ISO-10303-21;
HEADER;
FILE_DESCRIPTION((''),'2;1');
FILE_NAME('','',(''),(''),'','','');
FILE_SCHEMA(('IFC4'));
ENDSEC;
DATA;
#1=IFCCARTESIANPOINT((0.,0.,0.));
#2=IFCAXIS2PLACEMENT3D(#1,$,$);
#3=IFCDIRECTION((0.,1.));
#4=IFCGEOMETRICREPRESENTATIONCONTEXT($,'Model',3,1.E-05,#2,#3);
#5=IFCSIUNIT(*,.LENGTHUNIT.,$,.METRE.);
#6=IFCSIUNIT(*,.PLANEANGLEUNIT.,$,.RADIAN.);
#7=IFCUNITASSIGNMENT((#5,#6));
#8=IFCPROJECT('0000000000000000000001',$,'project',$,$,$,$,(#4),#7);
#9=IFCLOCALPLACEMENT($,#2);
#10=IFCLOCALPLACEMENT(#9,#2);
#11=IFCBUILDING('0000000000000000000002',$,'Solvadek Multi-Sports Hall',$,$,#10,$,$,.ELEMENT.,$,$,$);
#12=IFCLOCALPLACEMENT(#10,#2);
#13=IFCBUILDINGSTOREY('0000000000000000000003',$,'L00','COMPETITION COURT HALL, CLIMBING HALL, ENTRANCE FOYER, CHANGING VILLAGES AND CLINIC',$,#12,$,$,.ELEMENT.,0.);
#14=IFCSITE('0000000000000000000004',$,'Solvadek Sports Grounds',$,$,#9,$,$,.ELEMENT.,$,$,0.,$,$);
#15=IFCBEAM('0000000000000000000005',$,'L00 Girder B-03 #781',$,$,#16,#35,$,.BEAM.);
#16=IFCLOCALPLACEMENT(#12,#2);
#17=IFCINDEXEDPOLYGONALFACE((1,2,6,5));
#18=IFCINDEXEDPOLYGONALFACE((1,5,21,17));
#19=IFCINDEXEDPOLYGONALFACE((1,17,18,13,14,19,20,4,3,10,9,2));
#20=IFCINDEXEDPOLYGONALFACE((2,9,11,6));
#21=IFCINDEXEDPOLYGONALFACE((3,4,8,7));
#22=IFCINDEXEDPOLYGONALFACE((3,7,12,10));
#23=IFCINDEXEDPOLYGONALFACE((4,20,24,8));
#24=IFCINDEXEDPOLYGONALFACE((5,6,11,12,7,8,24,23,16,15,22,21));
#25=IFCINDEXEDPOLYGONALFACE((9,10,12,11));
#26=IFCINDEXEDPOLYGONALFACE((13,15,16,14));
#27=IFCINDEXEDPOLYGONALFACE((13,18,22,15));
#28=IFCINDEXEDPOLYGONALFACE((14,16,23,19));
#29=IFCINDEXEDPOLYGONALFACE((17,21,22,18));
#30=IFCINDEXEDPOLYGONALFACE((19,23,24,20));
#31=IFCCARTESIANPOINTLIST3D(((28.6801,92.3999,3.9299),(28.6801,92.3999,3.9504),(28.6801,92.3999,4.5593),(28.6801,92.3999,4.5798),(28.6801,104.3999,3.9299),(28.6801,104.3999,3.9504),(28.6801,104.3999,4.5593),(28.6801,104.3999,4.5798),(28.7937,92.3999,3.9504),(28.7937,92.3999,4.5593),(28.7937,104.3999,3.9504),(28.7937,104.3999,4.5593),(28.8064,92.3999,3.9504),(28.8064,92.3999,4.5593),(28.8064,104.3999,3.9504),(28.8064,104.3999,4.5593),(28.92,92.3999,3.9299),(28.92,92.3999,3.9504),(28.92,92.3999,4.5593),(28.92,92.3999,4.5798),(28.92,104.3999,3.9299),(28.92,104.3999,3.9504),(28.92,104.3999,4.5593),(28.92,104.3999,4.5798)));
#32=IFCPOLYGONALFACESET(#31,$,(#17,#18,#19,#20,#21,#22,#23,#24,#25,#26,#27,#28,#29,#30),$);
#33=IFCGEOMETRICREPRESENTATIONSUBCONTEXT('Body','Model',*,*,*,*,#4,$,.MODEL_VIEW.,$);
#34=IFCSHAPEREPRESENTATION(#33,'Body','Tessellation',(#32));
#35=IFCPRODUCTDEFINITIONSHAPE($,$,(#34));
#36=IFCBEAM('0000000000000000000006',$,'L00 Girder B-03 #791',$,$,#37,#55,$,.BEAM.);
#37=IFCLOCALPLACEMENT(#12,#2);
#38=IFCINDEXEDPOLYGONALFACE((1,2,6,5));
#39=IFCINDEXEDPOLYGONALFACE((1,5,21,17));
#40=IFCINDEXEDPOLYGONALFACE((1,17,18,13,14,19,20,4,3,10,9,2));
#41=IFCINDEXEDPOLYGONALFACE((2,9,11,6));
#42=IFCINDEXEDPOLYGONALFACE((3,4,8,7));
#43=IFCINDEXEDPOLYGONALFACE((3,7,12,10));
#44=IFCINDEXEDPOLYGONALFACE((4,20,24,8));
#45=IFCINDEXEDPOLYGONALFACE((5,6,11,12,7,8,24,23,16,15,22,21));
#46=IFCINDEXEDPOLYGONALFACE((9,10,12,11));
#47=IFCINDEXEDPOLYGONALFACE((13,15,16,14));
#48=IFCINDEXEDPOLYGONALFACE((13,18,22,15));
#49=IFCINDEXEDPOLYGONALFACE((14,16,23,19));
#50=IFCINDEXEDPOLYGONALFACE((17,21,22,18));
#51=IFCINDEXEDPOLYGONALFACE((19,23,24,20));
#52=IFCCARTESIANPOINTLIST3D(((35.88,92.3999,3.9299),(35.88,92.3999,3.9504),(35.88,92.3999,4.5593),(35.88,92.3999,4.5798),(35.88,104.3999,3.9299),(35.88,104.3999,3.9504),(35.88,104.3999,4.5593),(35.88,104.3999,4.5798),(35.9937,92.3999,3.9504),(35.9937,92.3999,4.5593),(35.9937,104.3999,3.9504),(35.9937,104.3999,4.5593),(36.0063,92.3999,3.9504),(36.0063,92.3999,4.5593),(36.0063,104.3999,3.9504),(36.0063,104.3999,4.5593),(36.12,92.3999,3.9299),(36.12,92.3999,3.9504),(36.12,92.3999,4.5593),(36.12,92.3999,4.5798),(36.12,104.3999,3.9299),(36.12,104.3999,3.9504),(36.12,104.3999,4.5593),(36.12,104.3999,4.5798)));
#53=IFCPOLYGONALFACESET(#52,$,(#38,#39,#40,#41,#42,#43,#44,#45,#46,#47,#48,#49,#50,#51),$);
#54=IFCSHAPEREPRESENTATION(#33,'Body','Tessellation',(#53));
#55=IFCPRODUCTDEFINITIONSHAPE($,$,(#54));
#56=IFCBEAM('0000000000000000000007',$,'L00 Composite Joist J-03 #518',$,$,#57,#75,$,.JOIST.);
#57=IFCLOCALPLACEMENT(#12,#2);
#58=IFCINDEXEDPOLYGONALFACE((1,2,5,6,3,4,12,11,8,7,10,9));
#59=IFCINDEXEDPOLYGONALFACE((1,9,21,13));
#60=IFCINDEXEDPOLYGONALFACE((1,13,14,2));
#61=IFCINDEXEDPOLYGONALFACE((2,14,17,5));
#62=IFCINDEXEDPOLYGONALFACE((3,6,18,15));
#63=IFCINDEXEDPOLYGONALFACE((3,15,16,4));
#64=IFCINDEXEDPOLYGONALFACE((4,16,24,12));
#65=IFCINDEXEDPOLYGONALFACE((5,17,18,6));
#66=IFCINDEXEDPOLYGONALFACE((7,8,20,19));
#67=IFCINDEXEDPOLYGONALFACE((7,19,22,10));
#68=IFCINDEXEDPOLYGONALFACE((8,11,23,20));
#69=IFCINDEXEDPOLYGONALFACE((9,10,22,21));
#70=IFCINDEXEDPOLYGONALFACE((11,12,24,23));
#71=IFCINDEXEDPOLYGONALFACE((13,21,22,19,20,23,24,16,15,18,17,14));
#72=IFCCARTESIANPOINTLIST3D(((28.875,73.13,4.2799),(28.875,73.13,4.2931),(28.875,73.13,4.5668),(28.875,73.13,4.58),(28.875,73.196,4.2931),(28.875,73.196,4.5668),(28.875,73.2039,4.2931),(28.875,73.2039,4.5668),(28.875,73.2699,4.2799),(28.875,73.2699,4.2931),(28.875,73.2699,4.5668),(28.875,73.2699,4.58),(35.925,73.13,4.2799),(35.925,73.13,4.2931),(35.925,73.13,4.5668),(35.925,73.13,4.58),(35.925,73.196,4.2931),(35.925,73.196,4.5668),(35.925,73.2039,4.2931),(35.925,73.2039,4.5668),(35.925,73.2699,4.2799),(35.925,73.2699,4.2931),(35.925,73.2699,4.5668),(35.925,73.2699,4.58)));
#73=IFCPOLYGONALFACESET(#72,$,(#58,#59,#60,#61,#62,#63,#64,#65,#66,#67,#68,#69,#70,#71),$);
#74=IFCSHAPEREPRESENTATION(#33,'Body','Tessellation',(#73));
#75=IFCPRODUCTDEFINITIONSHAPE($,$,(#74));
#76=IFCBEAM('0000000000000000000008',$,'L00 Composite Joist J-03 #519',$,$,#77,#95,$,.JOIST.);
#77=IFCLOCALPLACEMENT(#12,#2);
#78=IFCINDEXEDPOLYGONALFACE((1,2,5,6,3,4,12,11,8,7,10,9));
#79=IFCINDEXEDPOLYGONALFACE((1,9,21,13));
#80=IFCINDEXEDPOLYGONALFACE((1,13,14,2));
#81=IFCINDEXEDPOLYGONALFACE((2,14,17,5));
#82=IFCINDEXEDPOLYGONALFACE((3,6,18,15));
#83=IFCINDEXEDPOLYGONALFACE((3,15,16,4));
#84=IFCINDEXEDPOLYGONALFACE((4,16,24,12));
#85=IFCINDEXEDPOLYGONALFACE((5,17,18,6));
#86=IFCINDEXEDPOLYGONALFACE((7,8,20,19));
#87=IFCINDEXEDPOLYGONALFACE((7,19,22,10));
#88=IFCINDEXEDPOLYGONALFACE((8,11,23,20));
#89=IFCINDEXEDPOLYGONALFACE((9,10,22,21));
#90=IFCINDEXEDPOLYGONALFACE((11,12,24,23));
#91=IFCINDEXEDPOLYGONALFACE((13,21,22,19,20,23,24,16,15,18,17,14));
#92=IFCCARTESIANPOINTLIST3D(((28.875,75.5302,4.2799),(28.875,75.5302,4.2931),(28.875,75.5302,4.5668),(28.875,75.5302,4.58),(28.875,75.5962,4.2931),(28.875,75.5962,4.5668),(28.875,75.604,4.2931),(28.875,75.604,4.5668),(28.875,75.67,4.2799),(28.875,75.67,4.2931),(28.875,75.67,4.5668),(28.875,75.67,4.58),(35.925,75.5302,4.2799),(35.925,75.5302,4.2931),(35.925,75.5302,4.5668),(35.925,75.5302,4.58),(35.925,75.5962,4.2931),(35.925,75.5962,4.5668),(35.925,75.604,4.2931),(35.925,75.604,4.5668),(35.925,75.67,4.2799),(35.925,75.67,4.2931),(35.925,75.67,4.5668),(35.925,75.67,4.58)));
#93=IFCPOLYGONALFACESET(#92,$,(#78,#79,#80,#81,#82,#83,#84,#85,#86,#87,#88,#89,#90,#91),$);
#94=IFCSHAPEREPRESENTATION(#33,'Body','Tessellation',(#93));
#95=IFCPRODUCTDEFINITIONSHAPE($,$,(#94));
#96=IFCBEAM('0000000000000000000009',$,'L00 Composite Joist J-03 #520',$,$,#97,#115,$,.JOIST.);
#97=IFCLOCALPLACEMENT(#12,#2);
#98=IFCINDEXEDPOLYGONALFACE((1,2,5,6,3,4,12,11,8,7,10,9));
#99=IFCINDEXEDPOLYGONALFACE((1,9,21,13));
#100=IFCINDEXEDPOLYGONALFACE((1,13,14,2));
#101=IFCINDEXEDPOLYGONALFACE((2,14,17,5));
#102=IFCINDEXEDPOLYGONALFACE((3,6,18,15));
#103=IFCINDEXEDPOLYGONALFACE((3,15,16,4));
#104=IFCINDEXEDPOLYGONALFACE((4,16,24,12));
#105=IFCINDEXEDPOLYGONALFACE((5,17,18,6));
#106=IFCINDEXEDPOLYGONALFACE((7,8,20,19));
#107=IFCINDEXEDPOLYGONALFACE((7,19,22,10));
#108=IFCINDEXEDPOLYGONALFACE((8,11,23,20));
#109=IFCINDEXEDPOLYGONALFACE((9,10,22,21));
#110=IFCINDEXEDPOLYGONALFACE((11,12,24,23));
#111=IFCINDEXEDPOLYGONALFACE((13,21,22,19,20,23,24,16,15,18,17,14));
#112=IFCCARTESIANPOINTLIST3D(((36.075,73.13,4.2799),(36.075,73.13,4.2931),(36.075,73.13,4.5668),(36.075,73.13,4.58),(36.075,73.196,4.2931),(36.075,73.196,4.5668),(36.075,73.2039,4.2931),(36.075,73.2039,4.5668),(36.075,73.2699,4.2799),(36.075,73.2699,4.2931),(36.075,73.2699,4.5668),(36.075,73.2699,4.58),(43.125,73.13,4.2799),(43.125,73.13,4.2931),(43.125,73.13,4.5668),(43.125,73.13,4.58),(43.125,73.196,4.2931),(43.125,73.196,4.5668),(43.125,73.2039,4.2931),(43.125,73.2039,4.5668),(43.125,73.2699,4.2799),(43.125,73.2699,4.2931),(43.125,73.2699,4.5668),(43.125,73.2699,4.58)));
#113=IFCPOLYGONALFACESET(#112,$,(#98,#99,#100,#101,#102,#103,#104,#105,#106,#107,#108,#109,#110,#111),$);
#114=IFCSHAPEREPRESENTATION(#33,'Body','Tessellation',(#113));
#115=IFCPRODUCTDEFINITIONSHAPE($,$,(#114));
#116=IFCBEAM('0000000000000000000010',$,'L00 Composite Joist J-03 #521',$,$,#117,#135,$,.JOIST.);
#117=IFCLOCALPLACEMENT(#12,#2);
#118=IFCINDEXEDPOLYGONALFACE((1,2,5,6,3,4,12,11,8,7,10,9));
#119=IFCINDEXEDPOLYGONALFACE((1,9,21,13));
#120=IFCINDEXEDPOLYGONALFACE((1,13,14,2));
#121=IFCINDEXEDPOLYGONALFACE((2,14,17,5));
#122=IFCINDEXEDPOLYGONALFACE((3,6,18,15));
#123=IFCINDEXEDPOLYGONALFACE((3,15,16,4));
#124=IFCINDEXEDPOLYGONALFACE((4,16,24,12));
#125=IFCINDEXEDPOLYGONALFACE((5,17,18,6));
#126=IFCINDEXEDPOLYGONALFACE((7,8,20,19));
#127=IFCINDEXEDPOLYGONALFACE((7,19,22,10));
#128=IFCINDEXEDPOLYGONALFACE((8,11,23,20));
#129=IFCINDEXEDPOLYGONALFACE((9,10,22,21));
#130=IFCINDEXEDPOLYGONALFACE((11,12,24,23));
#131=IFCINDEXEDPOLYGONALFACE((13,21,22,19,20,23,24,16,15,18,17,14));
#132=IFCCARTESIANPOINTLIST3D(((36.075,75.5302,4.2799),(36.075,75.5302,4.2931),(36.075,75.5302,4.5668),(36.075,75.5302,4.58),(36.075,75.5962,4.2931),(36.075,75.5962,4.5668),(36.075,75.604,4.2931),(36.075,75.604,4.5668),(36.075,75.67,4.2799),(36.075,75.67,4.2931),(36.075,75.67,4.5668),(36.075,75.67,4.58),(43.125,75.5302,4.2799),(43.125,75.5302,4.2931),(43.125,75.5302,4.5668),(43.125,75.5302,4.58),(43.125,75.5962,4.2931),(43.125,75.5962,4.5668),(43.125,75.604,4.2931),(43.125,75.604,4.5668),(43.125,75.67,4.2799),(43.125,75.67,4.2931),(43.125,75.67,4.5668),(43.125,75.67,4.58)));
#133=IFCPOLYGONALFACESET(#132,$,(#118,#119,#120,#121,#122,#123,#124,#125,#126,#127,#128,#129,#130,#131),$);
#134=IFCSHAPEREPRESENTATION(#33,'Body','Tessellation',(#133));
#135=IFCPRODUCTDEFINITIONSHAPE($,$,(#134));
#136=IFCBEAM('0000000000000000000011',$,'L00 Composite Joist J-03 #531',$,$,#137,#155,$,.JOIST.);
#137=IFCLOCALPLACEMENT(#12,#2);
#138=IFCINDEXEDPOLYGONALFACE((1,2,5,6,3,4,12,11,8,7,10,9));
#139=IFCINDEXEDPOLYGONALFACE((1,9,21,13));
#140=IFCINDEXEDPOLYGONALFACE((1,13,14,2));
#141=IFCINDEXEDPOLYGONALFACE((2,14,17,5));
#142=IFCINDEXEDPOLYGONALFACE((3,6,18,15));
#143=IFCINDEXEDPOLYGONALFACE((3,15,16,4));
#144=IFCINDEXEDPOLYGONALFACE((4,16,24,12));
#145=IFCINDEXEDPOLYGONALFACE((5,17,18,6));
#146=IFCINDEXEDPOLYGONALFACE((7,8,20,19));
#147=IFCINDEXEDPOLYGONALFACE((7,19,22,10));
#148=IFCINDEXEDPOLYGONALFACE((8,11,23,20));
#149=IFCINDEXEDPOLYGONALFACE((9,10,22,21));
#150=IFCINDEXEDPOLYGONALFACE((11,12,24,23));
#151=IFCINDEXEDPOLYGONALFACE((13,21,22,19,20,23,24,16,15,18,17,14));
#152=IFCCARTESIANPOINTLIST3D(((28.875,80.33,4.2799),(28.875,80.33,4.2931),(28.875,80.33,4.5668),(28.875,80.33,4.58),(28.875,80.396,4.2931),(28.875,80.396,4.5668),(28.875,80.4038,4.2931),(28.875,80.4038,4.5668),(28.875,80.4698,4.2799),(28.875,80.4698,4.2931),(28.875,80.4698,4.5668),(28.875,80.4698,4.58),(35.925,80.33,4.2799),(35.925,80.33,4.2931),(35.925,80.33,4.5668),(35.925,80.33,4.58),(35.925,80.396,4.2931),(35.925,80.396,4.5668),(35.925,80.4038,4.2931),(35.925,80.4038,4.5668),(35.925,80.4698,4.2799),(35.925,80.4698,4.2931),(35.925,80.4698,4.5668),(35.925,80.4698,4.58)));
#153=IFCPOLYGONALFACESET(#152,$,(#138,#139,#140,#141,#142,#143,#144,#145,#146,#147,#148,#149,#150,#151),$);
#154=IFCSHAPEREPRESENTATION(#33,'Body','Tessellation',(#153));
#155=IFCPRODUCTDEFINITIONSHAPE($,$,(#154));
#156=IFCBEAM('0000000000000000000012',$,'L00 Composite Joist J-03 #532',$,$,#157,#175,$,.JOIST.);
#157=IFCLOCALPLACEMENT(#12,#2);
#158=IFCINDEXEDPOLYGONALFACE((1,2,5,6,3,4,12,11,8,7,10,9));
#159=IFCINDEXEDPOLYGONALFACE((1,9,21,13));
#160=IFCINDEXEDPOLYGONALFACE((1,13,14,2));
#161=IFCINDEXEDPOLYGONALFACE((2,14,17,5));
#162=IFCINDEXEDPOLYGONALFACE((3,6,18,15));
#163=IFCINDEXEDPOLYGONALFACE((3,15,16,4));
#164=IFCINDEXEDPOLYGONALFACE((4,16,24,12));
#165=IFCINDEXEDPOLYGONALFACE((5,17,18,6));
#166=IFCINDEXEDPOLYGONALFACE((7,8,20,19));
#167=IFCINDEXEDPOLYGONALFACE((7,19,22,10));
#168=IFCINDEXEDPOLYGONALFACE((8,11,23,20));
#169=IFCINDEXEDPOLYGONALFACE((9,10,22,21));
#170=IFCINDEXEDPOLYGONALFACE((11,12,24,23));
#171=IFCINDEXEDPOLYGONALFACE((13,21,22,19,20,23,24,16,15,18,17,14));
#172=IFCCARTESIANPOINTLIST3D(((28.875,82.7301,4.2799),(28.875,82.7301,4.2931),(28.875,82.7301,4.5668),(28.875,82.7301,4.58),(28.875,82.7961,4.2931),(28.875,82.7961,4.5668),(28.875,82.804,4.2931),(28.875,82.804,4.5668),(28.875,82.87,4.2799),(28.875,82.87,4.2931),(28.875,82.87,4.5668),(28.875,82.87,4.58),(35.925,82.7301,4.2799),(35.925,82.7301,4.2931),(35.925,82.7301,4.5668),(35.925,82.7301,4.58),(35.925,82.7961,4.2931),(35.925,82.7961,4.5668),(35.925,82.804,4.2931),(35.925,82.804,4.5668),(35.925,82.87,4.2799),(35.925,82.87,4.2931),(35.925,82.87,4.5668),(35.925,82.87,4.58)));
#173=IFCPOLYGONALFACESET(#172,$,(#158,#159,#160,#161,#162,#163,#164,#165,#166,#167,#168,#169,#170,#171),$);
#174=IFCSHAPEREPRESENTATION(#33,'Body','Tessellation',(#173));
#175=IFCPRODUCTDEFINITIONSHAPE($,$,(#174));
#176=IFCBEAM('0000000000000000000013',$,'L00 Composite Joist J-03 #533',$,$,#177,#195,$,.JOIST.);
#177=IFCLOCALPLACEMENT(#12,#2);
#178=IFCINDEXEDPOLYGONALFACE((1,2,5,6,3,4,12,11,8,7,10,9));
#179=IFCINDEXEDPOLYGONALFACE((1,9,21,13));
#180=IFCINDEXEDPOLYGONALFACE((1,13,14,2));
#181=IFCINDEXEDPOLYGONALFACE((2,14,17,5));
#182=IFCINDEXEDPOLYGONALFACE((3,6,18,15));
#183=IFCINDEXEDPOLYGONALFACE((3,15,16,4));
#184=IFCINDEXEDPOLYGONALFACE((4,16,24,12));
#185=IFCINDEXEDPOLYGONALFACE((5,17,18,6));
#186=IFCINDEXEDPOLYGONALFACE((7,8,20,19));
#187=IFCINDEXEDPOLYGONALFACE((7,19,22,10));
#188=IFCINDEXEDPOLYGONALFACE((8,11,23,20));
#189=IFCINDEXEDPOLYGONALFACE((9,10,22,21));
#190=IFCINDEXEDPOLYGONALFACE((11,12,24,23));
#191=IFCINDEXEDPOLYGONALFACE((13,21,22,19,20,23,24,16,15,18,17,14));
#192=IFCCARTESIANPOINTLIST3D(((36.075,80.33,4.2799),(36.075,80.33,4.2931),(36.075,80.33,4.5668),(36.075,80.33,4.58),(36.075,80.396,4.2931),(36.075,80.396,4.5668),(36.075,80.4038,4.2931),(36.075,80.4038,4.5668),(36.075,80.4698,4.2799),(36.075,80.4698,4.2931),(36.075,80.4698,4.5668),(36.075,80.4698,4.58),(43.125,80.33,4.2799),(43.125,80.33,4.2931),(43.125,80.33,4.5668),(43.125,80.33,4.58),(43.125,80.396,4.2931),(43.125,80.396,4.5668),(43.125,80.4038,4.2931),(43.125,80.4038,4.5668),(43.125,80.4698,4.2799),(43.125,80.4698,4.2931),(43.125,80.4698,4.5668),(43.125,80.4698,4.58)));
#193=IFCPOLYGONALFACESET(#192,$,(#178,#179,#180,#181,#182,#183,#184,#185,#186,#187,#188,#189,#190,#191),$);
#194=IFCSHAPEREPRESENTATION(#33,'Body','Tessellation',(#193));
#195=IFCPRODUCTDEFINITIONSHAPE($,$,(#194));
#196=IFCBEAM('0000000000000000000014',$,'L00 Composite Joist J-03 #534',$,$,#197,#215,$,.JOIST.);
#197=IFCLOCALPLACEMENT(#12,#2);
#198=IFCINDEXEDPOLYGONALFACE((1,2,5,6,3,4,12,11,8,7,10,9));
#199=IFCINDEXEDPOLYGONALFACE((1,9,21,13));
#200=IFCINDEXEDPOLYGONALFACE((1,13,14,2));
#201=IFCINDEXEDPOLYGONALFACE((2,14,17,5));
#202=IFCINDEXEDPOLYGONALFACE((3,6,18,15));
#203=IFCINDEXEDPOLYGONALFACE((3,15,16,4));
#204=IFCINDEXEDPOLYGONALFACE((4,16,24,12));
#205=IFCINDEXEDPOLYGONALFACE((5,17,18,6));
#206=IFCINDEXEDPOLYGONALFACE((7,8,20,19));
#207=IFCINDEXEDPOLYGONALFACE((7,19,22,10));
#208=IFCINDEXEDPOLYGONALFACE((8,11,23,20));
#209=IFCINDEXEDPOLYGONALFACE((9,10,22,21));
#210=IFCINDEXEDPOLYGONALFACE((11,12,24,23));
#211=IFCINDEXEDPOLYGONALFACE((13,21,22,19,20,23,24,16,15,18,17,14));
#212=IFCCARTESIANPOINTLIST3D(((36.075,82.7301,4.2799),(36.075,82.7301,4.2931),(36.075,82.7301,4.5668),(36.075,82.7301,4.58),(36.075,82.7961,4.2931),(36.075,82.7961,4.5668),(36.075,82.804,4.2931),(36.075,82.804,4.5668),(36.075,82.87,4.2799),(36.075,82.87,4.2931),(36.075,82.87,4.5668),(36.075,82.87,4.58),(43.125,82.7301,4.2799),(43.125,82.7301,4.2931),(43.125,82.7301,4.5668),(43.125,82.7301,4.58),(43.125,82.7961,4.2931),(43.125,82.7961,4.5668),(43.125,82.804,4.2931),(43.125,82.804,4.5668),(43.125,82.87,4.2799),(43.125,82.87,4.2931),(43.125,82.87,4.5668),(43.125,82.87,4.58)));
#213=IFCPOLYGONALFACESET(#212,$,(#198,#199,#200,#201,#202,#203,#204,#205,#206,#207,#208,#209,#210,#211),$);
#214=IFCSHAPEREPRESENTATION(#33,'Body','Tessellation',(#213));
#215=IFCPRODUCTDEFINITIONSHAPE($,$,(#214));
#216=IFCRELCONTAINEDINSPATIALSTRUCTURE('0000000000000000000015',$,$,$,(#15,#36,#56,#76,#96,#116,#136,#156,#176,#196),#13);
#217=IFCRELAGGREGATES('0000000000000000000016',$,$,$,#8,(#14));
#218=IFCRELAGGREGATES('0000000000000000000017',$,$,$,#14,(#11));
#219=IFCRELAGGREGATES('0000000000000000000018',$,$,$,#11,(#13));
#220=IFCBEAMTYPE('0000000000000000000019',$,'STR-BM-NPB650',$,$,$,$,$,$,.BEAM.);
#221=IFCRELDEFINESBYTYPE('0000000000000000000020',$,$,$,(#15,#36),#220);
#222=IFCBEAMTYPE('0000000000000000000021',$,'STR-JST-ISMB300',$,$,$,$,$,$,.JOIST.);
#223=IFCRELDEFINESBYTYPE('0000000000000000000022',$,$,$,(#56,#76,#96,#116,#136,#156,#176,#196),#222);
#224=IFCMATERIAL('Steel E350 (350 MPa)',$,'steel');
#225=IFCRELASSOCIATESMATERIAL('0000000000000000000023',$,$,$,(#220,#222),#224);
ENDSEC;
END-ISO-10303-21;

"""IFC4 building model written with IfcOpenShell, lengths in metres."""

from ifc_helpers import new_model, si_unit, direction, frame, origin, origin_2d, place, context, subcontext, project, spatial, i_section, extrude, material, material_profile, profile_set, type_object, element, save


model = new_model("IFC4")

# Units and contexts
model_context = context("Model", 3, precision=1e-05, world=origin(), true_north=direction((0.0, 1.0)))
body_context = subcontext(model_context, "Body", "Model", "MODEL_VIEW")
ifc_project = project(units=[si_unit("LENGTHUNIT", "METRE"), si_unit("PLANEANGLEUNIT", "RADIAN")], contexts=[model_context])

# Site, building, storey
site_placement = place(None, origin())
site = spatial("IfcSite", under=ifc_project, at=site_placement, Name="Solvadek Sports Grounds", CompositionType="ELEMENT", RefElevation=0.0)
building_placement = place(site_placement, origin())
building = spatial("IfcBuilding", under=site, at=building_placement, Name="Solvadek Multi-Sports Hall", CompositionType="ELEMENT")
storey_placement = place(building_placement, origin())
storey = spatial("IfcBuildingStorey", under=building, at=storey_placement, Name="L00", Description="COMPETITION COURT HALL, CLIMBING HALL, ENTRANCE FOYER, CHANGING VILLAGES AND CLINIC", CompositionType="ELEMENT", Elevation=0.0)

# Shared definitions
ifc_material_1 = material(Name="Steel E350 (350 MPa)", Category="steel")

# Beams
ifc_material_profile_1 = material_profile(ifc_material_1, i_section(OverallWidth=0.24, OverallDepth=0.6499, WebThickness=0.0127, FlangeThickness=0.0205, at=origin_2d()), Name="NPB 650")
ifc_profile_set_1 = profile_set([ifc_material_profile_1], Name="Steel E350 (350 MPa)")
beam_type_1 = type_object("IfcBeamType", Name="STR-BM-NPB650", PredefinedType="BEAM", material=ifc_profile_set_1)
for number, where, z_axis, x_axis, name in (
    (1, (28.8, 92.3999, 4.2549), (0.0, 1.0, 0.0), (-1.0, 0.0, 0.0), "L00 Girder B-03 #781"),
    (2, (36.0, 92.3999, 4.2549), (0.0, 1.0, 0.0), (-1.0, 0.0, 0.0), "L00 Girder B-03 #791"),
):
    element("IfcBeam", number, at=place(storey_placement, frame(where, z_axis=z_axis, x_axis=x_axis)), inside=storey, type_object=beam_type_1, Name=name, PredefinedType="BEAM", context=body_context, shape_type="SweptSolid", body=[
        extrude(i_section(OverallWidth=0.24, OverallDepth=0.6499, WebThickness=0.0127, FlangeThickness=0.0205, at=origin_2d()), origin(), (0.0, 0.0, 1.0), 12.0),
    ])
ifc_material_profile_2 = material_profile(ifc_material_1, i_section(OverallWidth=0.1399, OverallDepth=0.3, WebThickness=0.0078, FlangeThickness=0.0132, at=origin_2d()), Name="ISMB 300")
ifc_profile_set_2 = profile_set([ifc_material_profile_2], Name="Steel E350 (350 MPa)")
beam_type_2 = type_object("IfcBeamType", Name="STR-JST-ISMB300", PredefinedType="JOIST", material=ifc_profile_set_2)
for number, where, z_axis, x_axis, name in (
    (3, (28.875, 73.2, 4.4299), (1.0, 0.0, 0.0), (0.0, 1.0, 0.0), "L00 Composite Joist J-03 #518"),
    (4, (28.875, 75.6001, 4.4299), (1.0, 0.0, 0.0), (0.0, 1.0, 0.0), "L00 Composite Joist J-03 #519"),
    (5, (36.075, 73.2, 4.4299), (1.0, 0.0, 0.0), (0.0, 1.0, 0.0), "L00 Composite Joist J-03 #520"),
    (6, (36.075, 75.6001, 4.4299), (1.0, 0.0, 0.0), (0.0, 1.0, 0.0), "L00 Composite Joist J-03 #521"),
    (7, (28.875, 80.3999, 4.4299), (1.0, 0.0, 0.0), (0.0, 1.0, 0.0), "L00 Composite Joist J-03 #531"),
    (8, (28.875, 82.8, 4.4299), (1.0, 0.0, 0.0), (0.0, 1.0, 0.0), "L00 Composite Joist J-03 #532"),
    (9, (36.075, 80.3999, 4.4299), (1.0, 0.0, 0.0), (0.0, 1.0, 0.0), "L00 Composite Joist J-03 #533"),
    (10, (36.075, 82.8, 4.4299), (1.0, 0.0, 0.0), (0.0, 1.0, 0.0), "L00 Composite Joist J-03 #534"),
):
    element("IfcBeam", number, at=place(storey_placement, frame(where, z_axis=z_axis, x_axis=x_axis)), inside=storey, type_object=beam_type_2, Name=name, PredefinedType="JOIST", context=body_context, shape_type="SweptSolid", body=[
        extrude(i_section(OverallWidth=0.1399, OverallDepth=0.3, WebThickness=0.0078, FlangeThickness=0.0132, at=origin_2d()), origin(), (0.0, 0.0, 1.0), 7.05),
    ])

save(model, "model.ifc")
